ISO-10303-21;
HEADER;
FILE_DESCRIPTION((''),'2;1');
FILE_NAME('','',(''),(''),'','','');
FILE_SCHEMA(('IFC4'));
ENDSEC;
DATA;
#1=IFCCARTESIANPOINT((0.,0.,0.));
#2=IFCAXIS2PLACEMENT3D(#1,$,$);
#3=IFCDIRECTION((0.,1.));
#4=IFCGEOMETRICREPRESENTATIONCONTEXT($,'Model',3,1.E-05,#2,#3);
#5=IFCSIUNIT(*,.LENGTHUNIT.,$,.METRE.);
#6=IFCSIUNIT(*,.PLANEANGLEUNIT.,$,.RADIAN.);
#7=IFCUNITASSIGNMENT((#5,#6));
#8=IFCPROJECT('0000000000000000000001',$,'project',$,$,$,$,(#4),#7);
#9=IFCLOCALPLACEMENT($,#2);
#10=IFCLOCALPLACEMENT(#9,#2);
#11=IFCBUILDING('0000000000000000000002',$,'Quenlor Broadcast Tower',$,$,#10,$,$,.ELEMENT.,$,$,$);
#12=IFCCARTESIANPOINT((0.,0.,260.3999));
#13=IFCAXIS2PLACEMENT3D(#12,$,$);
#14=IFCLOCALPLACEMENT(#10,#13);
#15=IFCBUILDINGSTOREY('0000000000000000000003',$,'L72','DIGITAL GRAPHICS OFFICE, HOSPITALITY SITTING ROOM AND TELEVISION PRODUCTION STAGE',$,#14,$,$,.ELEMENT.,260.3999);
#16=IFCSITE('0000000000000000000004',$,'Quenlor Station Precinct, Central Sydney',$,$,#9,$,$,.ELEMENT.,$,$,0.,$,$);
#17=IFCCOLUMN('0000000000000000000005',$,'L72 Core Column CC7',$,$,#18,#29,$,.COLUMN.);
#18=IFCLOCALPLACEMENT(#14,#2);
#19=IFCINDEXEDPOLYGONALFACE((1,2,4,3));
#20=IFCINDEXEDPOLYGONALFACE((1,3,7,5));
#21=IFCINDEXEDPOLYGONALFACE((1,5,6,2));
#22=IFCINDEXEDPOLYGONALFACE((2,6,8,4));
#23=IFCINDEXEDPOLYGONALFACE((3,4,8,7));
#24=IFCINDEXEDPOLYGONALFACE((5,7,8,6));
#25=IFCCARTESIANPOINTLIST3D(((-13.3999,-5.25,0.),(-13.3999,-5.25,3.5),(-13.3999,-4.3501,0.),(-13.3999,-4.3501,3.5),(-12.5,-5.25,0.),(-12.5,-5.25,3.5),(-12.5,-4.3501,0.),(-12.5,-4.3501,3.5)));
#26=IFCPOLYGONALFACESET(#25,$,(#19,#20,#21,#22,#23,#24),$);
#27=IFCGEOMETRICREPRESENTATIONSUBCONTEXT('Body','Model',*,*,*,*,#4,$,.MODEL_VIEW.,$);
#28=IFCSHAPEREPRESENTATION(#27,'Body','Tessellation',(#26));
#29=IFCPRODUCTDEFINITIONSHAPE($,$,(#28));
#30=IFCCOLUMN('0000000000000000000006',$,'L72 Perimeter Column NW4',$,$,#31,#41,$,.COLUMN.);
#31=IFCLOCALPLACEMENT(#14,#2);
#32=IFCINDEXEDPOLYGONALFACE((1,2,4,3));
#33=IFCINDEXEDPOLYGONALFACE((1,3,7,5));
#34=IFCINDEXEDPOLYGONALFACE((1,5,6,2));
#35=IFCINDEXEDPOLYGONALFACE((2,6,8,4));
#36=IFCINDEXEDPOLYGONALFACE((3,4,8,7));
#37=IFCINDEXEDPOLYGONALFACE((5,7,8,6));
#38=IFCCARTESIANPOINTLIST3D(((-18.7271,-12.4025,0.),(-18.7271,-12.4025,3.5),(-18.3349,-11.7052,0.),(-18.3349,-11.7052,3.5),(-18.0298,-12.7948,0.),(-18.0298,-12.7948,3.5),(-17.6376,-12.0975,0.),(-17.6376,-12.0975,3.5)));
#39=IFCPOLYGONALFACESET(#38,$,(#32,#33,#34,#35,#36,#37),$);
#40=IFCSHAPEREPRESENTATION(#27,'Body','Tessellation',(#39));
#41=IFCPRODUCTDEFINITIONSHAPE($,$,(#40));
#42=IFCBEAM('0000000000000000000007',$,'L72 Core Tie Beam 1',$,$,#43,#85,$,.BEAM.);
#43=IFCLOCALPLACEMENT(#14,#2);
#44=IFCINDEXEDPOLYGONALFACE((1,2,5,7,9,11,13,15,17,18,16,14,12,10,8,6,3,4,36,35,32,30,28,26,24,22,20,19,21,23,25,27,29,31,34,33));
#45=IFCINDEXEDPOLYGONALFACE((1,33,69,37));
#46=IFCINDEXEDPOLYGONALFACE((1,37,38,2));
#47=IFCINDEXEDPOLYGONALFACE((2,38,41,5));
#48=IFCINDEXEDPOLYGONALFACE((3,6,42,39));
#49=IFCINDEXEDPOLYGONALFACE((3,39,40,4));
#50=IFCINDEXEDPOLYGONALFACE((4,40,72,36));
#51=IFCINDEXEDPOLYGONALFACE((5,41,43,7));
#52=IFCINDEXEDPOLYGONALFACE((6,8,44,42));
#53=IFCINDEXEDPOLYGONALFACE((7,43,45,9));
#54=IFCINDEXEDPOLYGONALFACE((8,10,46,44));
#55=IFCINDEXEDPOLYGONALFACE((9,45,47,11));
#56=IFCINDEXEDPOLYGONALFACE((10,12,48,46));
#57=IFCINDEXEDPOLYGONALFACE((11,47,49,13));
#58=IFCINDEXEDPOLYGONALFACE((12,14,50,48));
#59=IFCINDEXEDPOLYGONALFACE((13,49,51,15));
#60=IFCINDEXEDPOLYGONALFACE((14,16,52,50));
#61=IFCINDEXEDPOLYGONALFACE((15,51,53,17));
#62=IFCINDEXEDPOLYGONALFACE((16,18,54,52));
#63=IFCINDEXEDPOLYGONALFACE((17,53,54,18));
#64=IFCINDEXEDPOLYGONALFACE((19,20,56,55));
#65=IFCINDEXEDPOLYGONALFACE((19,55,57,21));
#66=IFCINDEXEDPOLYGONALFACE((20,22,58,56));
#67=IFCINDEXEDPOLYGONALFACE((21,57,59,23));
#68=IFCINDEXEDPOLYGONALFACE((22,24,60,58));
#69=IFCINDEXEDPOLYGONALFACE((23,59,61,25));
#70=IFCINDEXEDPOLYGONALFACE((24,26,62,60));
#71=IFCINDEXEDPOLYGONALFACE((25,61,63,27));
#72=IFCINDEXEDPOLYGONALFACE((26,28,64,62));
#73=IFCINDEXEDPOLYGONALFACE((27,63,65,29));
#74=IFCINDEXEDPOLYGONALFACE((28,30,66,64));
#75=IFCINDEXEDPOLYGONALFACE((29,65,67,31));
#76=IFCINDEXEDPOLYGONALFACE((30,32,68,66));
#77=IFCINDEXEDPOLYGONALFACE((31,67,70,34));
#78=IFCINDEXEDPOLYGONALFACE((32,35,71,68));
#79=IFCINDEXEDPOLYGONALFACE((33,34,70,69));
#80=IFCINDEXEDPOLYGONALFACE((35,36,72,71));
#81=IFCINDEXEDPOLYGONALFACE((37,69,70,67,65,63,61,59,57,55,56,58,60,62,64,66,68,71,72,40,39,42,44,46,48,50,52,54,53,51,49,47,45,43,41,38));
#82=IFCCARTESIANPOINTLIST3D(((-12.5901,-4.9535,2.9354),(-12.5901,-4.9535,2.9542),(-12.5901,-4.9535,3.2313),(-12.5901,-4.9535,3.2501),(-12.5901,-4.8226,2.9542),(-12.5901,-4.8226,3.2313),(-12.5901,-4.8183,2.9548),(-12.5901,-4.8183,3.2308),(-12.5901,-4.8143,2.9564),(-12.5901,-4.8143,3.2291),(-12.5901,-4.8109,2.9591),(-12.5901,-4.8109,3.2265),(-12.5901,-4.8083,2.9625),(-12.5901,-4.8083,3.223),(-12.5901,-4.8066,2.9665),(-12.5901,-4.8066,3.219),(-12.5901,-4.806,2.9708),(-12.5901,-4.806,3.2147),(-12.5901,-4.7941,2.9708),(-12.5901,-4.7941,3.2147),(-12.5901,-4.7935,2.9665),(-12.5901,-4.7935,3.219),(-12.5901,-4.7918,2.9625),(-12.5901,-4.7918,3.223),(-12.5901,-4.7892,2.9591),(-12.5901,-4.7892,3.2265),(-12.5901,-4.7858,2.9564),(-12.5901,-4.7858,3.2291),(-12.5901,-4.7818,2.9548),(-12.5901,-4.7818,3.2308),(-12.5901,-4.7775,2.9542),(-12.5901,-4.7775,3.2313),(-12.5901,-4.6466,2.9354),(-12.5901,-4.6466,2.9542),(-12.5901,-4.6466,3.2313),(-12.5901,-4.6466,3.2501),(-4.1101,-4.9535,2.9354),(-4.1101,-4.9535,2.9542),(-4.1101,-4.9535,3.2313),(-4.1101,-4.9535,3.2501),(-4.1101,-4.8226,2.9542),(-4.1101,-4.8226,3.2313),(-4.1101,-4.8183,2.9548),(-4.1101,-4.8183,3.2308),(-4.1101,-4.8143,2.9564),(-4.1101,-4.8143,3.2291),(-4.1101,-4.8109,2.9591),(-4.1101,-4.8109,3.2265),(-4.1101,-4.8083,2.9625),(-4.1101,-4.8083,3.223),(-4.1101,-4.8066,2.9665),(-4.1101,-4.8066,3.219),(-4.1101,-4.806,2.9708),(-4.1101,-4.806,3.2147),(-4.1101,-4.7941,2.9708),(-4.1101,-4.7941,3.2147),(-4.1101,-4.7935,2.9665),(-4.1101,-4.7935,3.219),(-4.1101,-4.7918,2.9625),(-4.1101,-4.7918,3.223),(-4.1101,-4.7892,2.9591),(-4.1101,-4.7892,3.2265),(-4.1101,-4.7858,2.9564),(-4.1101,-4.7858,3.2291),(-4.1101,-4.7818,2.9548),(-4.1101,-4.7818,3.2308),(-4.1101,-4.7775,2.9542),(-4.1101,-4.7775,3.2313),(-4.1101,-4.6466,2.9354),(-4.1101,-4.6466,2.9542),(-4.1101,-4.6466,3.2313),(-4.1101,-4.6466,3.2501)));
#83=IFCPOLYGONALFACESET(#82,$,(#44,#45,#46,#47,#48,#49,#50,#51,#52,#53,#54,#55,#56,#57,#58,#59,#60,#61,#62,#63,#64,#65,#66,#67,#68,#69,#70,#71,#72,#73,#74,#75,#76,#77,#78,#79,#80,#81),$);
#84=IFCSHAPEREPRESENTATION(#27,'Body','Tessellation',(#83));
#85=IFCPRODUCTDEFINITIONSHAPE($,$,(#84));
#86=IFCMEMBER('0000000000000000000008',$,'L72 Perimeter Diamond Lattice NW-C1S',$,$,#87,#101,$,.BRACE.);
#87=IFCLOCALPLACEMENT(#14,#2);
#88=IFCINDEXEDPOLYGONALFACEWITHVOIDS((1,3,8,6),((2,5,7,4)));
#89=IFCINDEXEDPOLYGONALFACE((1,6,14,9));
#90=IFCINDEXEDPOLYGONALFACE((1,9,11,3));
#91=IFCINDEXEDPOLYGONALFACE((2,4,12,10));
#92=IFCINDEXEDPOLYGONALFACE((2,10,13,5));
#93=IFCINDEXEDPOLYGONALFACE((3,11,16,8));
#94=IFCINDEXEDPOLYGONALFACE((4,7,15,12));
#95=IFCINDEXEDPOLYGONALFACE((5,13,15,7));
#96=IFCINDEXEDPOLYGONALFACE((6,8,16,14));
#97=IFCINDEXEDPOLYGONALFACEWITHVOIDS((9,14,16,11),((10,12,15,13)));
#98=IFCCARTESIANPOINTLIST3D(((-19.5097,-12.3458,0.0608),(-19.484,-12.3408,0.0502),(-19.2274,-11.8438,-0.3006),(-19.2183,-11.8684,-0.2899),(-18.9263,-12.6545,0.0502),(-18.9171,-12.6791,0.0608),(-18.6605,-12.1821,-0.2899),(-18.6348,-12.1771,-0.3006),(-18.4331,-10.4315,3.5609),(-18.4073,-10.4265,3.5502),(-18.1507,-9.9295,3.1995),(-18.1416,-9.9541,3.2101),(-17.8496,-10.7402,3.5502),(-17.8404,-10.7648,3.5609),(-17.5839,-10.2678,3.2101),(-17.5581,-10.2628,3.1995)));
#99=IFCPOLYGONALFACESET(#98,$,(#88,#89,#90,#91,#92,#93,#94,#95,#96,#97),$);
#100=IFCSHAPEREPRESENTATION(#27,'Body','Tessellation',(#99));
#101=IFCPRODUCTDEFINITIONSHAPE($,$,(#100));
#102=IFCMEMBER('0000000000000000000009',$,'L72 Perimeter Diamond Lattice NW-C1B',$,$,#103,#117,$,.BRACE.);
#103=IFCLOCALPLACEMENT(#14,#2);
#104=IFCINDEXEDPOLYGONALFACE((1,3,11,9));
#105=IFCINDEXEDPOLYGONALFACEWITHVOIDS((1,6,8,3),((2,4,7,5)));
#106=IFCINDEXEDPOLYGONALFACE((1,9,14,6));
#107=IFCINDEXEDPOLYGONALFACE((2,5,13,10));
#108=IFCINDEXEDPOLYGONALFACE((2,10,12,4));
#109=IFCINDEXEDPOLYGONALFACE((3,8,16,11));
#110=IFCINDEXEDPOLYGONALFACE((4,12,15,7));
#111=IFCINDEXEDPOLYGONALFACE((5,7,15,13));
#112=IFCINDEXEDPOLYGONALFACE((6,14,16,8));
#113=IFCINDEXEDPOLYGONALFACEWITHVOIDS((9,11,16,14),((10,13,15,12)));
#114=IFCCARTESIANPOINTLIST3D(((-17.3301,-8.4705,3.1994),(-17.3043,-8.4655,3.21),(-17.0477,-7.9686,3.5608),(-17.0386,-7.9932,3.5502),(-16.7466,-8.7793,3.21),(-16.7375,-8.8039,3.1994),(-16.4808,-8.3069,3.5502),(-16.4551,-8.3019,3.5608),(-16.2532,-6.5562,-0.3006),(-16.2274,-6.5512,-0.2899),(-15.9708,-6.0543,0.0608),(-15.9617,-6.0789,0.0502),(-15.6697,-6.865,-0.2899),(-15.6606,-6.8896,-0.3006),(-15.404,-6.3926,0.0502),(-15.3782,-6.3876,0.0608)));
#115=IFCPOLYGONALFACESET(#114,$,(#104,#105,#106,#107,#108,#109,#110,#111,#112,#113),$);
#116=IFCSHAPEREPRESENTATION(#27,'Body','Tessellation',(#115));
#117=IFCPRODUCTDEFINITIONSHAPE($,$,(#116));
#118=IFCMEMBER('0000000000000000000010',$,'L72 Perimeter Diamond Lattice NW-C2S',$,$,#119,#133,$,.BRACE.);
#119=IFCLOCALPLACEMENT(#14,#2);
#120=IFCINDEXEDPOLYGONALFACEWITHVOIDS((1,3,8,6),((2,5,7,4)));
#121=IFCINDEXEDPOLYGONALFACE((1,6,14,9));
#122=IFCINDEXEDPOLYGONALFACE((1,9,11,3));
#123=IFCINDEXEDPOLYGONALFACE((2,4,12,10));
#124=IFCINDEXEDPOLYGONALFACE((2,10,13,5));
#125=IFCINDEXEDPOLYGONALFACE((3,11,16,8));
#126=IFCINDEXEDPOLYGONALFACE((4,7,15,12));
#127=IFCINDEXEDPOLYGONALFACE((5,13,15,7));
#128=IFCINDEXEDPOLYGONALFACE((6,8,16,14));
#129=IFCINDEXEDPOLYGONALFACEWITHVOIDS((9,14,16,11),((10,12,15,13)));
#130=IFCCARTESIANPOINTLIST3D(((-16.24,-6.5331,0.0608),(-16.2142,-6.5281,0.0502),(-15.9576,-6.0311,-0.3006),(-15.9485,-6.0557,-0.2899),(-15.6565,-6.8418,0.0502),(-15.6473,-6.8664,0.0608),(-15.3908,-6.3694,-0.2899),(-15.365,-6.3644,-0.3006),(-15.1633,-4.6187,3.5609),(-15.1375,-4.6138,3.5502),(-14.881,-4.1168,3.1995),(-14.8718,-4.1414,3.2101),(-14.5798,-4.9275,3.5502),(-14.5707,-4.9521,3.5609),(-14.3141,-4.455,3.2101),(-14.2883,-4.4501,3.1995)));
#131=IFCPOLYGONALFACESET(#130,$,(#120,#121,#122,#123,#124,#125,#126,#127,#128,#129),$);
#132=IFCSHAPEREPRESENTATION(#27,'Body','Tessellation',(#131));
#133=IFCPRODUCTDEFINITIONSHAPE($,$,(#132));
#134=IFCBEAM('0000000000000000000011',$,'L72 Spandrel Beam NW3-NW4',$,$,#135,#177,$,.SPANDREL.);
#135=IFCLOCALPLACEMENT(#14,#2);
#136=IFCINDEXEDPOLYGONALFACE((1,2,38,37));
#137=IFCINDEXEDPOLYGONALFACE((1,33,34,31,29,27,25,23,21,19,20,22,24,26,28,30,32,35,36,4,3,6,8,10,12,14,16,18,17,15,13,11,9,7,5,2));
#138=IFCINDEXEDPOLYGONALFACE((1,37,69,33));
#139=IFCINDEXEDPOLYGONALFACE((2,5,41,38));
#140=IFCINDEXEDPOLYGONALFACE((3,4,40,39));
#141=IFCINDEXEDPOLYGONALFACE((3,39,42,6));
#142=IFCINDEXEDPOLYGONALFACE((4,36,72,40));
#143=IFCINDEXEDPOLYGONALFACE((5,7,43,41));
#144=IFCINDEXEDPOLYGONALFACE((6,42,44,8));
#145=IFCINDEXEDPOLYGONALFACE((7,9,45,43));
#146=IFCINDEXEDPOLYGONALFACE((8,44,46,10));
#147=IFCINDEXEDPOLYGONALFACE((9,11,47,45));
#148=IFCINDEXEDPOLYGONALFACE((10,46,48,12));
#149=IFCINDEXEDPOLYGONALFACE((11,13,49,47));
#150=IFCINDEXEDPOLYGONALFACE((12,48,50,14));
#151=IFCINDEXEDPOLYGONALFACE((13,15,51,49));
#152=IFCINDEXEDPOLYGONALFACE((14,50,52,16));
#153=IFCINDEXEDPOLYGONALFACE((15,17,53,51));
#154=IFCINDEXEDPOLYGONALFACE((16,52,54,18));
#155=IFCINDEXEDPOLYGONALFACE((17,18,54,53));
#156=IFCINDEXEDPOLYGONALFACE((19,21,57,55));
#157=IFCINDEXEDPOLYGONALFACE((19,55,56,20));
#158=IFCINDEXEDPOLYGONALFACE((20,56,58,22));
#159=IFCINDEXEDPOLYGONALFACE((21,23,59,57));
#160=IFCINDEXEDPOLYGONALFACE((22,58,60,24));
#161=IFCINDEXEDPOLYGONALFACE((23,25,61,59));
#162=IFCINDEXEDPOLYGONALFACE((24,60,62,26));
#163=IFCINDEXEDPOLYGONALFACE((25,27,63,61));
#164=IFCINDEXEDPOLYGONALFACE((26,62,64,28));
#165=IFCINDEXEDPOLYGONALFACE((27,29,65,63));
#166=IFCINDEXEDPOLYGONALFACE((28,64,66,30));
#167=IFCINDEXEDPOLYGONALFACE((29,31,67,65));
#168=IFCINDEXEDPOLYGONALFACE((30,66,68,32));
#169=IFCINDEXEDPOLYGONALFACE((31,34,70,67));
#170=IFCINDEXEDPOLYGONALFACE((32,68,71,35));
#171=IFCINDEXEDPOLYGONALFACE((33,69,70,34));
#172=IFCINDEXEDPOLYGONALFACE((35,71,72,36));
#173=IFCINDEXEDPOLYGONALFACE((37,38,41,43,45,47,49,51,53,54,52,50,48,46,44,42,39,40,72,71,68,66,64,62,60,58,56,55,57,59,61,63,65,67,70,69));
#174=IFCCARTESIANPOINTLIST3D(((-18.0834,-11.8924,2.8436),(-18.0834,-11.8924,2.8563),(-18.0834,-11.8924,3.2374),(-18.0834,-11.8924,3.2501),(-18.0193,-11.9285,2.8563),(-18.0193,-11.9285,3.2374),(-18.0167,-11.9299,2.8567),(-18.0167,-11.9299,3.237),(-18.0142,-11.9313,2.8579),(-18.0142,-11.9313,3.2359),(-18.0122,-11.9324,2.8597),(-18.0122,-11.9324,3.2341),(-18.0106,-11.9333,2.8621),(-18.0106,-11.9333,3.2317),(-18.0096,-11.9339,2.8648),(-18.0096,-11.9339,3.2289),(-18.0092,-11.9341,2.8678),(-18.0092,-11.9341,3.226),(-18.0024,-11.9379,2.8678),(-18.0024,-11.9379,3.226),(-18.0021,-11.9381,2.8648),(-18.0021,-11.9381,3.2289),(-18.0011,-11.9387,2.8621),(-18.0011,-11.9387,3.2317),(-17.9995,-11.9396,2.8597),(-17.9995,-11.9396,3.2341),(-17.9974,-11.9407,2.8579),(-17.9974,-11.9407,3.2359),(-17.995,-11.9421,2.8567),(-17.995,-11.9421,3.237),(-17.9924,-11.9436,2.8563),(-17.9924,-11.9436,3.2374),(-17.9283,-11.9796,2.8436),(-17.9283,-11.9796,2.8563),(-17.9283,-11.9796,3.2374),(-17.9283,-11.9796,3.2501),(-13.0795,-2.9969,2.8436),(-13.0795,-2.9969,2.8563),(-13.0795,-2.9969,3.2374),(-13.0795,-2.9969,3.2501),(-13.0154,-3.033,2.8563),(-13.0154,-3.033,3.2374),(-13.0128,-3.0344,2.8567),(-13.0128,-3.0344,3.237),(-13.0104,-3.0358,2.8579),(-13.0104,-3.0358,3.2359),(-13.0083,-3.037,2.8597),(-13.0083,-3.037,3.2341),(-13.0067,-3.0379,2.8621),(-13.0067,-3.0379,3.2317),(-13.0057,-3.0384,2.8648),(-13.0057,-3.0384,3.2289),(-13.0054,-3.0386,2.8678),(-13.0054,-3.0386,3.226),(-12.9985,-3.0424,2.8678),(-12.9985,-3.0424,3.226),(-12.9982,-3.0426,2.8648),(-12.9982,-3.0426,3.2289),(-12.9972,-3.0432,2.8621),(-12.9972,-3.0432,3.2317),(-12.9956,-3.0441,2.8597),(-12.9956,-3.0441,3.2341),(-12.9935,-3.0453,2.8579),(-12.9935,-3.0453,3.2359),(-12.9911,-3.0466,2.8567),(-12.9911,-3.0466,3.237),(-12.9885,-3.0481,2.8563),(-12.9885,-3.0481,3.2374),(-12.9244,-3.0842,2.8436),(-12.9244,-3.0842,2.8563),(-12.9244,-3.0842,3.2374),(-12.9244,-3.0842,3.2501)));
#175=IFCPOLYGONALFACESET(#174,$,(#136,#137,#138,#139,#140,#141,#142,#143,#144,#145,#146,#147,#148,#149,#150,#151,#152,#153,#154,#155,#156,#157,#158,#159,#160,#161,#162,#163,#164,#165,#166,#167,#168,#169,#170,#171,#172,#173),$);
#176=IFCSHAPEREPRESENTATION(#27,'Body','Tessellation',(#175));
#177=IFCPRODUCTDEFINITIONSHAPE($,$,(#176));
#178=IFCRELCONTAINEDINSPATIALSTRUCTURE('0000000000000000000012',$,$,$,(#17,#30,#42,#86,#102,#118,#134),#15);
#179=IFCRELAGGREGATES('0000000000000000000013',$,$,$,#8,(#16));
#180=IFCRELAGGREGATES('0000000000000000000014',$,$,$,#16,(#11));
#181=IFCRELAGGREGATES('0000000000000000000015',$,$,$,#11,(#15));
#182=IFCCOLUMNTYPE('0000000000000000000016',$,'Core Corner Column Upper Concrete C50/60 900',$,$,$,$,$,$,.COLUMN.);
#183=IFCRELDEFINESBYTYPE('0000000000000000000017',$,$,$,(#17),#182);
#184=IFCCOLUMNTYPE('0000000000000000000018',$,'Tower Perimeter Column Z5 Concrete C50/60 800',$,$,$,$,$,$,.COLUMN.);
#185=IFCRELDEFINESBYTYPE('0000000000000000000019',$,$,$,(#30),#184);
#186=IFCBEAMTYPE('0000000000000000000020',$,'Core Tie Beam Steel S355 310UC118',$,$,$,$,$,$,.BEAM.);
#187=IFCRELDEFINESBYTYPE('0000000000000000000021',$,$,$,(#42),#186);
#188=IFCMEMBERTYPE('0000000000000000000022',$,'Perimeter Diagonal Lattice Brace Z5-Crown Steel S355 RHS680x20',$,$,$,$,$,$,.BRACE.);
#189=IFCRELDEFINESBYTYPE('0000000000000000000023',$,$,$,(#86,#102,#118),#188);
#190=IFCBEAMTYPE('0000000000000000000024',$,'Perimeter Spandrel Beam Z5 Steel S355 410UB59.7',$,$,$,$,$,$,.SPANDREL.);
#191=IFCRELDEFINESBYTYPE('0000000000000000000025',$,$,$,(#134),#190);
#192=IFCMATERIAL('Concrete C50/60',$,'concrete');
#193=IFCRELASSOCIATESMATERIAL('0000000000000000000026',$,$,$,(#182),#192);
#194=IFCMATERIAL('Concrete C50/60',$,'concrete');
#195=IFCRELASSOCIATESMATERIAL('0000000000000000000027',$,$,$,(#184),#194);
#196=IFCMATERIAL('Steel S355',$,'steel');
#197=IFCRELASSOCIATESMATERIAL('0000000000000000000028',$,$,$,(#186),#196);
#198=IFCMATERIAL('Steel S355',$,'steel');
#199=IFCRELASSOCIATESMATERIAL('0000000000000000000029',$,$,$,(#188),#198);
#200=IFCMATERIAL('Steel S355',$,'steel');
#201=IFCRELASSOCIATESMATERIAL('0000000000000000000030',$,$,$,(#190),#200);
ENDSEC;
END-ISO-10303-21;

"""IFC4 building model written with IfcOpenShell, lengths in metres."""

from ifc_helpers import new_model, si_unit, direction, frame, origin, origin_2d, place, context, subcontext, project, spatial, rectangle, hollow_rectangle, i_section, extrude, material, material_profile, profile_set, type_object, element, save


model = new_model("IFC4")

# Units and contexts
model_context = context("Model", 3, precision=1e-05, world=origin(), true_north=direction((0.0, 1.0)))
body_context = subcontext(model_context, "Body", "Model", "MODEL_VIEW")
ifc_project = project(units=[si_unit("LENGTHUNIT", "METRE"), si_unit("PLANEANGLEUNIT", "RADIAN")], contexts=[model_context])

# Site, building, storey
site_placement = place(None, origin())
site = spatial("IfcSite", under=ifc_project, at=site_placement, Name="Quenlor Station Precinct, Central Sydney", CompositionType="ELEMENT", RefElevation=0.0)
building_placement = place(site_placement, origin())
building = spatial("IfcBuilding", under=site, at=building_placement, Name="Quenlor Broadcast Tower", CompositionType="ELEMENT")
storey_placement = place(building_placement, frame((0.0, 0.0, 260.3999)))
storey = spatial("IfcBuildingStorey", under=building, at=storey_placement, Name="L72", Description="DIGITAL GRAPHICS OFFICE, HOSPITALITY SITTING ROOM AND TELEVISION PRODUCTION STAGE", CompositionType="ELEMENT", Elevation=260.3999)

# Columns
ifc_material_1 = material(Name="Concrete C50/60", Category="concrete")
ifc_material_profile_1 = material_profile(ifc_material_1, rectangle(XDim=0.8999, YDim=0.8999, at=origin_2d()))
ifc_profile_set_1 = profile_set([ifc_material_profile_1], Name="Concrete C50/60 RC900x900")
column_type_1 = type_object("IfcColumnType", Name="Core Corner Column Upper Concrete C50/60 900", PredefinedType="COLUMN", material=ifc_profile_set_1)
column_1_placement = place(storey_placement, frame((-12.95, -4.8, 0.0), z_axis=(0.0, 0.0, 1.0), x_axis=(1.0, 0.0, 0.0)))
element("IfcColumn", 1, at=column_1_placement, inside=storey, type_object=column_type_1, Name="L72 Core Column CC7", PredefinedType="COLUMN", context=body_context, shape_type="SweptSolid", body=[
    extrude(rectangle(XDim=0.8999, YDim=0.8999, at=origin_2d()), origin(), (0.0, 0.0, 1.0), 3.5),
])
ifc_material_2 = material(Name="Concrete C50/60", Category="concrete")
ifc_material_profile_2 = material_profile(ifc_material_2, rectangle(XDim=0.8, YDim=0.8, at=origin_2d()))
ifc_profile_set_2 = profile_set([ifc_material_profile_2], Name="Concrete C50/60 RC800x800")
column_type_2 = type_object("IfcColumnType", Name="Tower Perimeter Column Z5 Concrete C50/60 800", PredefinedType="COLUMN", material=ifc_profile_set_2)
column_2_placement = place(storey_placement, frame((-18.1824, -12.25, 0.0), z_axis=(0.0, 0.0, 1.0), x_axis=(-0.871575, 0.490262, 0.0)))
element("IfcColumn", 2, at=column_2_placement, inside=storey, type_object=column_type_2, Name="L72 Perimeter Column NW4", PredefinedType="COLUMN", context=body_context, shape_type="SweptSolid", body=[
    extrude(rectangle(XDim=0.8, YDim=0.8, at=origin_2d()), origin(), (0.0, 0.0, 1.0), 3.5),
])

# Beam
ifc_material_3 = material(Name="Steel S355", Category="steel")
ifc_material_profile_3 = material_profile(ifc_material_3, i_section(OverallWidth=0.3069, OverallDepth=0.3147, WebThickness=0.012, FlangeThickness=0.0188, FilletRadius=0.0166, at=origin_2d()))
ifc_profile_set_3 = profile_set([ifc_material_profile_3], Name="Steel S355 310UC118")
beam_type_1 = type_object("IfcBeamType", Name="Core Tie Beam Steel S355 310UC118", PredefinedType="BEAM", material=ifc_profile_set_3)
beam_1_placement = place(storey_placement, frame((-12.5901, -4.8, 3.0928), z_axis=(1.0, 0.0, 0.0), x_axis=(0.0, 1.0, 0.0)))
element("IfcBeam", 3, at=beam_1_placement, inside=storey, type_object=beam_type_1, Name="L72 Core Tie Beam 1", PredefinedType="BEAM", context=body_context, shape_type="SweptSolid", body=[
    extrude(i_section(OverallWidth=0.3069, OverallDepth=0.3147, WebThickness=0.012, FlangeThickness=0.0188, FilletRadius=0.0166, at=origin_2d()), origin(), (0.0, 0.0, 1.0), 8.48),
])

# Members
ifc_material_4 = material(Name="Steel S355", Category="steel")
ifc_material_profile_4 = material_profile(ifc_material_4, hollow_rectangle(XDim=0.6799, YDim=0.6799, WallThickness=0.02, at=origin_2d()))
ifc_profile_set_4 = profile_set([ifc_material_profile_4], Name="Steel S355 RHS680x680x20")
member_type = type_object("IfcMemberType", Name="Perimeter Diagonal Lattice Brace Z5-Crown Steel S355 RHS680x20", PredefinedType="BRACE", material=ifc_profile_set_4)
for number, where, z_axis, x_axis, name in (
    (4, (-19.0723, -12.2615, -0.1199), (0.260564, 0.463283, 0.847039), (-0.871602, 0.490214, 0.0), "L72 Perimeter Diamond Lattice NW-C1S"),
    (5, (-15.8157, -6.4719, -0.1199), (-0.260619, -0.463276, 0.847026), (0.871555, -0.490298, 0.0), "L72 Perimeter Diamond Lattice NW-C1B"),
    (6, (-15.8025, -6.4487, -0.1199), (0.260564, 0.463283, 0.847039), (-0.871602, 0.490214, 0.0), "L72 Perimeter Diamond Lattice NW-C2S"),
):
    element("IfcMember", number, at=place(storey_placement, frame(where, z_axis=z_axis, x_axis=x_axis)), inside=storey, type_object=member_type, Name=name, PredefinedType="BRACE", context=body_context, shape_type="SweptSolid", body=[
        extrude(hollow_rectangle(XDim=0.6799, YDim=0.6799, WallThickness=0.02, at=origin_2d()), origin(), (0.0, 0.0, 1.0), 4.1321),
    ])

# Beam
ifc_material_5 = material(Name="Steel S355", Category="steel")
ifc_material_profile_5 = material_profile(ifc_material_5, i_section(OverallWidth=0.178, OverallDepth=0.4065, WebThickness=0.0078, FlangeThickness=0.0127, FilletRadius=0.0115, at=origin_2d()))
ifc_profile_set_5 = profile_set([ifc_material_profile_5], Name="Steel S355 410UB59.7")
beam_type_2 = type_object("IfcBeamType", Name="Perimeter Spandrel Beam Z5 Steel S355 410UB59.7", PredefinedType="SPANDREL", material=ifc_profile_set_5)
beam_2_placement = place(storey_placement, frame((-13.002, -3.0405, 3.0469), z_axis=(-0.490275, -0.871568, 0.0), x_axis=(0.871568, -0.490275, 0.0)))
element("IfcBeam", 7, at=beam_2_placement, inside=storey, type_object=beam_type_2, Name="L72 Spandrel Beam NW3-NW4", PredefinedType="SPANDREL", context=body_context, shape_type="SweptSolid", body=[
    extrude(i_section(OverallWidth=0.178, OverallDepth=0.4065, WebThickness=0.0078, FlangeThickness=0.0127, FilletRadius=0.0115, at=origin_2d()), origin(), (0.0, 0.0, 1.0), 10.2063),
])

save(model, "model.ifc")
